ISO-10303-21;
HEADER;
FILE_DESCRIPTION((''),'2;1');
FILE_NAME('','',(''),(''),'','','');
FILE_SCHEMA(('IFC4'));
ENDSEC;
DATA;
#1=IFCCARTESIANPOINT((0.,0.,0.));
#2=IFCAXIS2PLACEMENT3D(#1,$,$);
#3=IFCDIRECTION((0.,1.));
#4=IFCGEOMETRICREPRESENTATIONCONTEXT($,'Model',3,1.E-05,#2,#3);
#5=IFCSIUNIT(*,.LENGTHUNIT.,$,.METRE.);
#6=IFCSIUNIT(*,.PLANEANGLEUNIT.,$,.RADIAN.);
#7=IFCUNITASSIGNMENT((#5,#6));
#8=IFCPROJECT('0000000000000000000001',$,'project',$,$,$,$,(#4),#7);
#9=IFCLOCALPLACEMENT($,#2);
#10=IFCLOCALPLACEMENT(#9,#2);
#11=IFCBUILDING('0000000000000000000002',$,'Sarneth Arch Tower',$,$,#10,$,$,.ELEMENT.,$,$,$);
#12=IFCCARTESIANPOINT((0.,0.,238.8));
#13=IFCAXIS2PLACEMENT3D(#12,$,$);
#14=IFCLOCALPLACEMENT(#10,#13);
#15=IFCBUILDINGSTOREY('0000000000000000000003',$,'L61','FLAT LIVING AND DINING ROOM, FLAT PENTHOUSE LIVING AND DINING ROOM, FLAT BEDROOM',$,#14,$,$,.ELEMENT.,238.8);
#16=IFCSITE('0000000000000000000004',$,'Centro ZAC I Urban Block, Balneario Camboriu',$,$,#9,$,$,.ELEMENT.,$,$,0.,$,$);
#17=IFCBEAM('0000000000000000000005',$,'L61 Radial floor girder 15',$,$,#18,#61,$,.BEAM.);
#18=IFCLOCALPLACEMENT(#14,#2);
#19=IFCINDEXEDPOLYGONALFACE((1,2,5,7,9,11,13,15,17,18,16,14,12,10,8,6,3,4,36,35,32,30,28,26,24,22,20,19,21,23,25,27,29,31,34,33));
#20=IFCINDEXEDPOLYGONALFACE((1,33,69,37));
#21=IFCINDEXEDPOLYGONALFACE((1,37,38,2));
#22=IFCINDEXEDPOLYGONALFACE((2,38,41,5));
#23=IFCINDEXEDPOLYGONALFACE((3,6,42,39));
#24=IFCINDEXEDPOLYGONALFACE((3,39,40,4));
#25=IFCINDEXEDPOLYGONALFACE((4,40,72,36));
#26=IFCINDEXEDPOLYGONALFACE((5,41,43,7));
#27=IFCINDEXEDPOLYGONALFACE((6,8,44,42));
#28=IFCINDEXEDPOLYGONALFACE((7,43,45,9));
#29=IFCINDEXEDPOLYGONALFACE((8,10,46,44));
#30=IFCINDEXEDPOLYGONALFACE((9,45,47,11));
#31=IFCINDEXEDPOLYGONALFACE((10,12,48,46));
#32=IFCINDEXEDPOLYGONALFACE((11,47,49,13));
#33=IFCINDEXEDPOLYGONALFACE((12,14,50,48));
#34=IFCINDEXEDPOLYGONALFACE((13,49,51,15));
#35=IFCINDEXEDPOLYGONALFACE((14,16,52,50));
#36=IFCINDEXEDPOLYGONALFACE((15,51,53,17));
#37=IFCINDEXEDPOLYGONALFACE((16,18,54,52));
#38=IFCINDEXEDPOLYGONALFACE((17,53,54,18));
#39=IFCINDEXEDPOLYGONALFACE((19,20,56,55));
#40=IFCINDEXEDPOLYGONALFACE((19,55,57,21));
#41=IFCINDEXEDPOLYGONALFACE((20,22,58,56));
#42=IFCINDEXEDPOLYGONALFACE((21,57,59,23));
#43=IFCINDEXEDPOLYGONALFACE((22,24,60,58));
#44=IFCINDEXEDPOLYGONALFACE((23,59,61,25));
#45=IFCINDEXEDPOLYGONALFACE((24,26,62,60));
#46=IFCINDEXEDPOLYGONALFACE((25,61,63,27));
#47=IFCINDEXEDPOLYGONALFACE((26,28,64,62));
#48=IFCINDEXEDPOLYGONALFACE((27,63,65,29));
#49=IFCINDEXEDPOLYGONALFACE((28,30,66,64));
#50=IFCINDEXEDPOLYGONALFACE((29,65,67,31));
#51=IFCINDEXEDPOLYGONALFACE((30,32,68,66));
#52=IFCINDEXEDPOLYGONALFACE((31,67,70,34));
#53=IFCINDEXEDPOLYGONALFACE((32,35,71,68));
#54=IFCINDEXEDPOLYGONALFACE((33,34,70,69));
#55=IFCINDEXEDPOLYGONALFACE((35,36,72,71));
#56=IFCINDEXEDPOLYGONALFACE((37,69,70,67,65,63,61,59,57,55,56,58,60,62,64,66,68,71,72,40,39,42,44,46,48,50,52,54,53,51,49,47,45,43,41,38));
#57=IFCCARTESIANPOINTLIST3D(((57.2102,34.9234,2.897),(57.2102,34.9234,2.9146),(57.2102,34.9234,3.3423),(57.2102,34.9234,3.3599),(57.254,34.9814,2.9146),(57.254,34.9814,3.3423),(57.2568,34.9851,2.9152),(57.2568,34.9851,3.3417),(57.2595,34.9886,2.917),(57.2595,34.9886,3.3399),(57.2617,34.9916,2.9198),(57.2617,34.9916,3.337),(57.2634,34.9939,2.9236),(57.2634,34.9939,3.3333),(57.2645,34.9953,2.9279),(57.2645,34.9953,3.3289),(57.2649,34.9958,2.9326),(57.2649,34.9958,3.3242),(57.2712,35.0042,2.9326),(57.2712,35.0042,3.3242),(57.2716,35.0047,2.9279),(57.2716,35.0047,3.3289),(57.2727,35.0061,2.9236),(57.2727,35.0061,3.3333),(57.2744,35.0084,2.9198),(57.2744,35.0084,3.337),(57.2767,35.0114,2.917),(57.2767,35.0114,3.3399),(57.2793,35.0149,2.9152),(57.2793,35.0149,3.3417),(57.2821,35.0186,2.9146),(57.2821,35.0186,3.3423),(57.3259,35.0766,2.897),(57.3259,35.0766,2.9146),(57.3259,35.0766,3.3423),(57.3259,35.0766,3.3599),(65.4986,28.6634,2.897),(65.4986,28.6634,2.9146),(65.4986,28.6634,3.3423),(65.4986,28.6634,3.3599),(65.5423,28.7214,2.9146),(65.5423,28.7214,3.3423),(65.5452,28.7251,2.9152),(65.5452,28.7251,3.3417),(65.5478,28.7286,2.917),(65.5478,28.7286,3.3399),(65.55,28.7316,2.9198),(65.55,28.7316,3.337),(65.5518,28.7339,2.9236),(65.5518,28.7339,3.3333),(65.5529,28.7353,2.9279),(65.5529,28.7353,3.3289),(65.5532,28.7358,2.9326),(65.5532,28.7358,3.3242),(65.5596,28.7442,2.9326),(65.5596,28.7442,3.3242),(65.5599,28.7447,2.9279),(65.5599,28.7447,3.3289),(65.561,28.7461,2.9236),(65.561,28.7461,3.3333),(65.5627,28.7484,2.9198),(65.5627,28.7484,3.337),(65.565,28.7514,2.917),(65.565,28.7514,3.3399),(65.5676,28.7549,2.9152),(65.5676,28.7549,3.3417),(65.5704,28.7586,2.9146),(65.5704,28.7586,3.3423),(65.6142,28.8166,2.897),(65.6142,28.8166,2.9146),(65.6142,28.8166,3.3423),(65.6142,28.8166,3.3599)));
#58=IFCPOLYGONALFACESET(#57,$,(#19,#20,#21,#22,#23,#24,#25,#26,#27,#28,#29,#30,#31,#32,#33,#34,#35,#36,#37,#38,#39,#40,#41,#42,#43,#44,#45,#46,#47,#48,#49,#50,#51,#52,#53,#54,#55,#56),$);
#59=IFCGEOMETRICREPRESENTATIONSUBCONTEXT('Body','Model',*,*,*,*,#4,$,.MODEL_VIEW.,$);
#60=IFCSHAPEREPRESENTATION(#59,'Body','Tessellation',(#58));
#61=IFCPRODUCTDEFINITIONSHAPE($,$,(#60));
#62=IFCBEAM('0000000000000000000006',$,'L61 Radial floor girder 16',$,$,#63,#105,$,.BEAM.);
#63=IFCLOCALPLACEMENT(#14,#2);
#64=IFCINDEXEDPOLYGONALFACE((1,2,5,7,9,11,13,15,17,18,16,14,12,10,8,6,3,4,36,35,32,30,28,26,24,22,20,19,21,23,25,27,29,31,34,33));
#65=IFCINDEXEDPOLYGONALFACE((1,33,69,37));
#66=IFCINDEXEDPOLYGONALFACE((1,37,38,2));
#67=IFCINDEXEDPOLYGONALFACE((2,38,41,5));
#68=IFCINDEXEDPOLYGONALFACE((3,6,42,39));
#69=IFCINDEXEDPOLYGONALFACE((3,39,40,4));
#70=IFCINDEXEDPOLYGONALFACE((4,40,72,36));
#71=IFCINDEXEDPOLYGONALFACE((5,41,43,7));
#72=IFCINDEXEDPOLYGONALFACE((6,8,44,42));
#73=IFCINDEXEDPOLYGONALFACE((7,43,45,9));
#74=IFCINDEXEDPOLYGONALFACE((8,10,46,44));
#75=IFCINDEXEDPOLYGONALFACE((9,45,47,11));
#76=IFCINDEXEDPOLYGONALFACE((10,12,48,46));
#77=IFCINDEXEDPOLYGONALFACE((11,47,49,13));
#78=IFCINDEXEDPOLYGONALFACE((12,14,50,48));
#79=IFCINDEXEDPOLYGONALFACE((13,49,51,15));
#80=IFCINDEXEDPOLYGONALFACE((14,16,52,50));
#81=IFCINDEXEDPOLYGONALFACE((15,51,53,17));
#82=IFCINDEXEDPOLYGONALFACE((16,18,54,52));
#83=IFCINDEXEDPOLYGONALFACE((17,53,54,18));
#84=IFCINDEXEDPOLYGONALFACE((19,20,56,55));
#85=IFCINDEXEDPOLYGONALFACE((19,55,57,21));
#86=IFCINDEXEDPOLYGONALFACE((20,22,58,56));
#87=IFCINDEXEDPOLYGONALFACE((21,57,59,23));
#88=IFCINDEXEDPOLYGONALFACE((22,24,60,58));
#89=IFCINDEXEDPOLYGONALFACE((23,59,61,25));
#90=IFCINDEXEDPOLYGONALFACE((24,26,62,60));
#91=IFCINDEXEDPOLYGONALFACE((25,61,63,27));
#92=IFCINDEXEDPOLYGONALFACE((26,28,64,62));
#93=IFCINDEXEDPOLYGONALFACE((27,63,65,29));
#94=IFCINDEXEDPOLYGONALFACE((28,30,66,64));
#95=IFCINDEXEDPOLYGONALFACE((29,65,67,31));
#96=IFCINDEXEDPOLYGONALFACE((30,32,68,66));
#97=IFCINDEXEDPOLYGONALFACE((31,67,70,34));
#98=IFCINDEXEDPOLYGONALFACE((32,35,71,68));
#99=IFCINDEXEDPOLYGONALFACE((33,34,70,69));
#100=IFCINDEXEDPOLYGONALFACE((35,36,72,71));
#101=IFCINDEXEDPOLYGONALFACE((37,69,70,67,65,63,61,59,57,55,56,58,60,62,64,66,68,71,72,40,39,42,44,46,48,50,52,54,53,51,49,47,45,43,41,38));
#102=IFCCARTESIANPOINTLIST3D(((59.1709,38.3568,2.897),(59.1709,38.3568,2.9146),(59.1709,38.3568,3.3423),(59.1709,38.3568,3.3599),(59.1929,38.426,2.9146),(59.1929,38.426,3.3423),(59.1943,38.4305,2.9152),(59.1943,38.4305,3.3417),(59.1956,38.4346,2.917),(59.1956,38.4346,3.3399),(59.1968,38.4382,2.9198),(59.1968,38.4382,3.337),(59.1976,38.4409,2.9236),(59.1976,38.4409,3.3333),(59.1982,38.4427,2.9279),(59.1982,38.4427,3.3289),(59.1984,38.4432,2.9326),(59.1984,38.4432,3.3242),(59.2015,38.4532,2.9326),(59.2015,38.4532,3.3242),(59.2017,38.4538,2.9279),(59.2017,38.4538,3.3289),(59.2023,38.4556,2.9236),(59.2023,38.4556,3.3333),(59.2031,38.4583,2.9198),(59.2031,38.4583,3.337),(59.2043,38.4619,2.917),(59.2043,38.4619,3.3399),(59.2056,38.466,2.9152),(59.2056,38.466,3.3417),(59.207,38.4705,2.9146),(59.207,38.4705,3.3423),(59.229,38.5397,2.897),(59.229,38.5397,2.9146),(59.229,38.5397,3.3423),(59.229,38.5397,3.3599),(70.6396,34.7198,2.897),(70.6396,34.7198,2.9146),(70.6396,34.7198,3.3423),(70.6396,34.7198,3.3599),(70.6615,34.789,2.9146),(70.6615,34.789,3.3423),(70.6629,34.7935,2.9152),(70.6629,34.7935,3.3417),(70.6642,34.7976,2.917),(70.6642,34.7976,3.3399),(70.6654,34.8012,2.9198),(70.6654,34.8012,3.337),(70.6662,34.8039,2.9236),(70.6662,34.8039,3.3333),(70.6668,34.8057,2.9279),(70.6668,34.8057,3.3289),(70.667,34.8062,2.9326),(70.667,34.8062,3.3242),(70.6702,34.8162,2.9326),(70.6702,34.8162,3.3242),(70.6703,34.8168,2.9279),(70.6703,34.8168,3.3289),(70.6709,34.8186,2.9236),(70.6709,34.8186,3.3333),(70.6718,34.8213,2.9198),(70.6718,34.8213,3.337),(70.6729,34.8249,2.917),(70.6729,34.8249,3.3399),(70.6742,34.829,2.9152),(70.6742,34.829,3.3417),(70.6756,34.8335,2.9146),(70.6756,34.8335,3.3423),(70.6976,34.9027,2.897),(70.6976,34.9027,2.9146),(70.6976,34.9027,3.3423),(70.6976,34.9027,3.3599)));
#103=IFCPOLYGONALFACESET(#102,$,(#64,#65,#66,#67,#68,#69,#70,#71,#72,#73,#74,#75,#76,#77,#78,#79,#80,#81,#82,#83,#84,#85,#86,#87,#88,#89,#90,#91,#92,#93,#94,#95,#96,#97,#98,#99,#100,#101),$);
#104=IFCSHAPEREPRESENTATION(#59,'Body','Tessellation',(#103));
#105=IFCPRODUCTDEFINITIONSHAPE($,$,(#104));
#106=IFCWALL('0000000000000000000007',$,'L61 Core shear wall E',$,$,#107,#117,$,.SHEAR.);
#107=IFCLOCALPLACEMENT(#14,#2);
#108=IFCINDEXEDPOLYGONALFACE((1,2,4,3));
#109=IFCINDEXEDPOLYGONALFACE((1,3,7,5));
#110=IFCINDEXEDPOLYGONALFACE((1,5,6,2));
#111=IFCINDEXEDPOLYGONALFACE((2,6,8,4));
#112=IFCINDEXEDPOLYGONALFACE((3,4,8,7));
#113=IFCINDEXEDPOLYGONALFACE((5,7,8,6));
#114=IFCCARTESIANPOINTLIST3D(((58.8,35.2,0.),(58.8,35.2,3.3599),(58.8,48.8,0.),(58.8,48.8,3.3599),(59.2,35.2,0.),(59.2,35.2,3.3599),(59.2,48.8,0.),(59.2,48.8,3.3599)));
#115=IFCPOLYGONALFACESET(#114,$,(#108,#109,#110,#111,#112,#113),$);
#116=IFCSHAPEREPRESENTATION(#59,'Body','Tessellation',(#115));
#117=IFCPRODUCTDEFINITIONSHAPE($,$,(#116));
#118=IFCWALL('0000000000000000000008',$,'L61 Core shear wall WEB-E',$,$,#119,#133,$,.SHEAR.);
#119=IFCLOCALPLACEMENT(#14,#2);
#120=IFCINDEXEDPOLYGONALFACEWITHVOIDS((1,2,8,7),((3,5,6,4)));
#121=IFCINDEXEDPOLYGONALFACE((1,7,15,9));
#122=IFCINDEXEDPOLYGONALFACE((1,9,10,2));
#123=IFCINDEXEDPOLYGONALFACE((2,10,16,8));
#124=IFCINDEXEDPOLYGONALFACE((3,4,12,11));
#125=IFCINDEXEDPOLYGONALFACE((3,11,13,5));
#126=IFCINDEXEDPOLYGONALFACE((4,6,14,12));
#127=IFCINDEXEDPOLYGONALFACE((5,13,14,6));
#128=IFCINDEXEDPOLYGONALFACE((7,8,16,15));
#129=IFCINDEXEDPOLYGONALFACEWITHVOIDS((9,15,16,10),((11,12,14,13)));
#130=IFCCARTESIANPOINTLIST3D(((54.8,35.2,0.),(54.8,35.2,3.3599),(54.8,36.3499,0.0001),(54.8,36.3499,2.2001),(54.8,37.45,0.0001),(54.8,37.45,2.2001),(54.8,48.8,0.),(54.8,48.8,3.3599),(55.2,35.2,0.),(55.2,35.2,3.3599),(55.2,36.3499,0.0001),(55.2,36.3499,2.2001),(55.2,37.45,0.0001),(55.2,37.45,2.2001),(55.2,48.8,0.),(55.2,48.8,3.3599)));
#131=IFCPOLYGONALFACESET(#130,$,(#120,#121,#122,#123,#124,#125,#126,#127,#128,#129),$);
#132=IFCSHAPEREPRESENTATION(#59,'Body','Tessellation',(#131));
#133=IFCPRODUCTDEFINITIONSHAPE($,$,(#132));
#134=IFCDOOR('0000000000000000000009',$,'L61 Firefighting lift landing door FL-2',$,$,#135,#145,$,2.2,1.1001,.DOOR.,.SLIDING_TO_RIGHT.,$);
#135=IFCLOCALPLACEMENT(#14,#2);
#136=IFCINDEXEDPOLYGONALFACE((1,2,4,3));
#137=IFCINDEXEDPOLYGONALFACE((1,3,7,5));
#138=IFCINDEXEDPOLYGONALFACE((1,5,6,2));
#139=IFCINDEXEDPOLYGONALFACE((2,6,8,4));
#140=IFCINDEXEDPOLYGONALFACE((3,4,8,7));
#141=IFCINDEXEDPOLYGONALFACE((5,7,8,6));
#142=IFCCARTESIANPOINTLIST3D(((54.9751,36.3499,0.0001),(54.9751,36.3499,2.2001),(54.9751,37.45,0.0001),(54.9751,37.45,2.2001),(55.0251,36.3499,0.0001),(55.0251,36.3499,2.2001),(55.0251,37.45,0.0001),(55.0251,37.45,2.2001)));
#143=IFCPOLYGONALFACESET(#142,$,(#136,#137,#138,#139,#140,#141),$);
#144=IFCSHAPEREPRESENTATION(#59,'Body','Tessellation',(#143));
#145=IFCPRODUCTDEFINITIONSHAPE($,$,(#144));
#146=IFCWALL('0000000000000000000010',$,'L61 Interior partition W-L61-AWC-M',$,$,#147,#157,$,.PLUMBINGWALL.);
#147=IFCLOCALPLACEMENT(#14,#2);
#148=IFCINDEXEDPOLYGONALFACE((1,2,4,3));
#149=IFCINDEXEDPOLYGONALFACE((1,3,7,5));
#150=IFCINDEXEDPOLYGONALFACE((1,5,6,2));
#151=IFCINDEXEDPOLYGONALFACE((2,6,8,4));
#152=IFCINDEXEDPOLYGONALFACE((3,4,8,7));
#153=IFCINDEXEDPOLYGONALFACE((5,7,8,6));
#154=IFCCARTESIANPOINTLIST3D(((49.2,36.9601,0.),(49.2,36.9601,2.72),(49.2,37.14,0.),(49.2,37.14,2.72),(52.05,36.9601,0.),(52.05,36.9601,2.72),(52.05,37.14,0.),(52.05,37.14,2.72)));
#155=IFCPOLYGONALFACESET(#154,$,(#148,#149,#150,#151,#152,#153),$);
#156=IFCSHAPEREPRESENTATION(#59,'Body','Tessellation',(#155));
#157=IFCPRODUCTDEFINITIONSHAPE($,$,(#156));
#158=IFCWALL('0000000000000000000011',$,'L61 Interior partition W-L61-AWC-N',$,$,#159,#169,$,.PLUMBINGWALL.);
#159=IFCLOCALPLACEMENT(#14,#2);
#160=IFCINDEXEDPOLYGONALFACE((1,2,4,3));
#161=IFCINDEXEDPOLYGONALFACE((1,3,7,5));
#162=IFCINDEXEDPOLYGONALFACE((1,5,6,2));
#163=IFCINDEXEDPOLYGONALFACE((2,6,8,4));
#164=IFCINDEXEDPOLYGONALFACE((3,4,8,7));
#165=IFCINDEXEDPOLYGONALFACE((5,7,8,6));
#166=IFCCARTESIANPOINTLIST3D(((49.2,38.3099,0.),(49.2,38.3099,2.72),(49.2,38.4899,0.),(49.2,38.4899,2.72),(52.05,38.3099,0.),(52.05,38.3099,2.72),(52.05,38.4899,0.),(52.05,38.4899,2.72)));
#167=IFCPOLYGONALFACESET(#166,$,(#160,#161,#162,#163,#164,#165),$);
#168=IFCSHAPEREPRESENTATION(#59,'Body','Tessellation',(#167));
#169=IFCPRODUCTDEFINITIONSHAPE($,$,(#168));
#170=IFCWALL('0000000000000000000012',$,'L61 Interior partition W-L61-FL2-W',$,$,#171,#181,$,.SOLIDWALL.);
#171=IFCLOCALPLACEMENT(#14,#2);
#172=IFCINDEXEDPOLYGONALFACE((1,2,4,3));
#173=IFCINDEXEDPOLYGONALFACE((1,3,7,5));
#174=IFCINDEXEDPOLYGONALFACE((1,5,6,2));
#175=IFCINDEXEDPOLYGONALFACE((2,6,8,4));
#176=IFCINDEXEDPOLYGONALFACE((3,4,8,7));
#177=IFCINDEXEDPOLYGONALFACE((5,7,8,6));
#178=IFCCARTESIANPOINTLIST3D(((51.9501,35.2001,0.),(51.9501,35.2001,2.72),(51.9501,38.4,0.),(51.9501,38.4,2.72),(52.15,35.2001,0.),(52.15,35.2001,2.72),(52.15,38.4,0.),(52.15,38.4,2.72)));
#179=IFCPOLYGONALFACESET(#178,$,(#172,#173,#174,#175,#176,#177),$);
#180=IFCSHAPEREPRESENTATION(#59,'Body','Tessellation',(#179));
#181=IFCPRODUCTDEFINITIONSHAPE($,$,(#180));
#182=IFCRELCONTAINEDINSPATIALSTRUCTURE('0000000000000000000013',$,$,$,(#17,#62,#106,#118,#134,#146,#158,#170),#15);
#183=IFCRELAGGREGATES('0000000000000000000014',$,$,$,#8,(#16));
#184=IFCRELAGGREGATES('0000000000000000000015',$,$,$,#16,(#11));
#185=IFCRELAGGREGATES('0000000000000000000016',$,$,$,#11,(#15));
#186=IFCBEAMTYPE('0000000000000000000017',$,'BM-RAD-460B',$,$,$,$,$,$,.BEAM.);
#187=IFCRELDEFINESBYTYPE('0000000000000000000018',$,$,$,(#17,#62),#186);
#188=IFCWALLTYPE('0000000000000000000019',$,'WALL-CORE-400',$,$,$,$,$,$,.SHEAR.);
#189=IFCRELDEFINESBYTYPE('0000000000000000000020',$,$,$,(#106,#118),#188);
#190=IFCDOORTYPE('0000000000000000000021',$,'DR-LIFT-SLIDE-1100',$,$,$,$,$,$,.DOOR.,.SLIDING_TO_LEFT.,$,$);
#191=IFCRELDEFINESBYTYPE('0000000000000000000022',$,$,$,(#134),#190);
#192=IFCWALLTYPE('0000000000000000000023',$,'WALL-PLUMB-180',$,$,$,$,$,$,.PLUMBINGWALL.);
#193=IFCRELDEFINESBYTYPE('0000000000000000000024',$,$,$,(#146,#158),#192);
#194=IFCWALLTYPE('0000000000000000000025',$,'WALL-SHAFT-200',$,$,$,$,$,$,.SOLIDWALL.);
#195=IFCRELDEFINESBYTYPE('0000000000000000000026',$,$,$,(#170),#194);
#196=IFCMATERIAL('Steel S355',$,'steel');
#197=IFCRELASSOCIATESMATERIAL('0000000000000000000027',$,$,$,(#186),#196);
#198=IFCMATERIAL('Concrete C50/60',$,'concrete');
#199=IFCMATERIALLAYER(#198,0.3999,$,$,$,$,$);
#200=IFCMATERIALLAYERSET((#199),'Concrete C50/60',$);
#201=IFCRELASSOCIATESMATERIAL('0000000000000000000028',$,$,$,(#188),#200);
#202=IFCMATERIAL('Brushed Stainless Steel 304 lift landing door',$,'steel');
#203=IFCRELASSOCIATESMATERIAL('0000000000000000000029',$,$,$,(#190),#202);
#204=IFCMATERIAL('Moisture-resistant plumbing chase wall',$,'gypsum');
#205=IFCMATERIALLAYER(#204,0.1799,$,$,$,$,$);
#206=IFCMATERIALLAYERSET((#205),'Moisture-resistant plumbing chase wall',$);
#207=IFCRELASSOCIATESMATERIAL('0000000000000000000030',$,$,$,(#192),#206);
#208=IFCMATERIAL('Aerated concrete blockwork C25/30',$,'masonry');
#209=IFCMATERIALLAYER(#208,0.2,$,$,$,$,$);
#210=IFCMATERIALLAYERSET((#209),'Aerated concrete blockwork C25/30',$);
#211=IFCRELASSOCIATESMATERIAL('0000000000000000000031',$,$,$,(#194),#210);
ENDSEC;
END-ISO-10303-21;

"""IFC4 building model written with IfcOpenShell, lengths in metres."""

from ifc_helpers import new_model, si_unit, direction, frame, frame_2d, origin, origin_2d, place, context, subcontext, project, spatial, rectangle, i_section, extrude, material, layer, layer_set, material_profile, profile_set, type_object, element, fill, save


model = new_model("IFC4")

# Units and contexts
model_context = context("Model", 3, precision=1e-05, world=origin(), true_north=direction((0.0, 1.0)))
body_context = subcontext(model_context, "Body", "Model", "MODEL_VIEW")
ifc_project = project(units=[si_unit("LENGTHUNIT", "METRE"), si_unit("PLANEANGLEUNIT", "RADIAN")], contexts=[model_context])

# Site, building, storey
site_placement = place(None, origin())
site = spatial("IfcSite", under=ifc_project, at=site_placement, Name="Centro ZAC I Urban Block, Balneario Camboriu", CompositionType="ELEMENT", RefElevation=0.0)
building_placement = place(site_placement, origin())
building = spatial("IfcBuilding", under=site, at=building_placement, Name="Sarneth Arch Tower", CompositionType="ELEMENT")
storey_placement = place(building_placement, frame((0.0, 0.0, 238.8)))
storey = spatial("IfcBuildingStorey", under=building, at=storey_placement, Name="L61", Description="FLAT LIVING AND DINING ROOM, FLAT PENTHOUSE LIVING AND DINING ROOM, FLAT BEDROOM", CompositionType="ELEMENT", Elevation=238.8)

# Beams
ifc_material_1 = material(Name="Steel S355", Category="steel")
ifc_material_profile_1 = material_profile(ifc_material_1, i_section(OverallWidth=0.1919, OverallDepth=0.4629, WebThickness=0.0105, FlangeThickness=0.0176, FilletRadius=0.0181, at=origin_2d()), Name="W460x89")
ifc_profile_set_1 = profile_set([ifc_material_profile_1], Name="Steel S355")
beam_type_1 = type_object("IfcBeamType", Name="BM-RAD-460B", PredefinedType="BEAM", material=ifc_profile_set_1)
beam_1_placement = place(storey_placement, frame((57.2681, 35.0, 3.1284), z_axis=(0.797973, -0.602693, 0.0), x_axis=(0.602693, 0.797973, 0.0)))
element("IfcBeam", 1, at=beam_1_placement, inside=storey, type_object=beam_type_1, Name="L61 Radial floor girder 15", PredefinedType="BEAM", context=body_context, shape_type="SweptSolid", body=[
    extrude(i_section(OverallWidth=0.1919, OverallDepth=0.4629, WebThickness=0.0105, FlangeThickness=0.0176, FilletRadius=0.0181, at=origin_2d()), origin(), (0.0, 0.0, 1.0), 10.3867),
])
beam_2_placement = place(storey_placement, frame((59.2, 38.4482, 3.1284), z_axis=(0.953216, -0.30229, 0.0), x_axis=(0.30229, 0.953216, 0.0)))
element("IfcBeam", 2, at=beam_2_placement, inside=storey, type_object=beam_type_1, Name="L61 Radial floor girder 16", PredefinedType="BEAM", context=body_context, shape_type="SweptSolid", body=[
    extrude(i_section(OverallWidth=0.1919, OverallDepth=0.4629, WebThickness=0.0105, FlangeThickness=0.0176, FilletRadius=0.0181, at=origin_2d()), origin(), (0.0, 0.0, 1.0), 12.0315),
])

# Shared definitions
ifc_material_2 = material(Name="Concrete C50/60", Category="concrete")
ifc_layer_1 = layer(ifc_material_2, 0.3999)
ifc_layer_set_1 = layer_set([ifc_layer_1], Name="Concrete C50/60")
wall_type_1 = type_object("IfcWallType", Name="WALL-CORE-400", PredefinedType="SHEAR", material=ifc_layer_set_1)

# Wall
wall_1_placement = place(storey_placement, frame((59.0, 35.2, 0.0), z_axis=(0.0, 0.0, 1.0), x_axis=(0.0, 1.0, 0.0)))
element("IfcWall", 3, at=wall_1_placement, inside=storey, type_object=wall_type_1, Name="L61 Core shear wall E", PredefinedType="SHEAR", context=body_context, shape_type="SweptSolid", body=[
    extrude(rectangle(XDim=13.6001, YDim=0.3999, at=frame_2d((6.8, 0.0))), origin(), (0.0, 0.0, 1.0), 3.3599),
])

# Wall, opening, door
wall_2_placement = place(storey_placement, frame((55.0, 35.2, 0.0), z_axis=(0.0, 0.0, 1.0), x_axis=(0.0, 1.0, 0.0)))
wall_2 = element("IfcWall", 4, at=wall_2_placement, inside=storey, type_object=wall_type_1, Name="L61 Core shear wall WEB-E", PredefinedType="SHEAR", context=body_context, shape_type="SweptSolid", body=[
    extrude(rectangle(XDim=13.6001, YDim=0.3999, at=frame_2d((6.8, 0.0))), origin(), (0.0, 0.0, 1.0), 3.3599),
])
opening_1_placement = place(wall_2_placement, frame((1.1499, 0.0, 0.0)))
opening_1 = element("IfcOpeningElement", 5, at=opening_1_placement, cuts=wall_2, PredefinedType="OPENING", context=body_context, shape_type="SweptSolid", body=[
    extrude(rectangle(XDim=1.1001, YDim=2.2, at=frame_2d((0.55, 1.1001))), frame((0.0, 0.21, 0.0), z_axis=(0.0, -1.0, 0.0), x_axis=(1.0, 0.0, 0.0)), (0.0, 0.0, 1.0), 0.4199),
])
ifc_material_3 = material(Name="Brushed Stainless Steel 304 lift landing door", Category="steel")
door_type_1 = type_object("IfcDoorType", Name="DR-LIFT-SLIDE-1100", OperationType="SLIDING_TO_LEFT", PredefinedType="DOOR", material=ifc_material_3)
door_1_placement = place(opening_1_placement, origin())
door_1 = element("IfcDoor", 6, at=door_1_placement, inside=storey, type_object=door_type_1, Name="L61 Firefighting lift landing door FL-2", OperationType="SLIDING_TO_RIGHT", OverallHeight=2.2, OverallWidth=1.1001, PredefinedType="DOOR", context=body_context, shape_type="SweptSolid", body=[
    extrude(rectangle(XDim=1.1001, YDim=2.2, at=frame_2d((0.55, 1.1001))), frame((0.0, 0.0249, 0.0), z_axis=(0.0, -1.0, 0.0), x_axis=(1.0, 0.0, 0.0)), (0.0, 0.0, 1.0), 0.05),
])
fill(opening_1, door_1)

# Walls
ifc_material_4 = material(Name="Moisture-resistant plumbing chase wall", Category="gypsum")
ifc_layer_2 = layer(ifc_material_4, 0.1799)
ifc_layer_set_2 = layer_set([ifc_layer_2], Name="Moisture-resistant plumbing chase wall")
wall_type_2 = type_object("IfcWallType", Name="WALL-PLUMB-180", PredefinedType="PLUMBINGWALL", material=ifc_layer_set_2)
for number, where, z_axis, x_axis, name in (
    (7, (49.2, 37.05, 0.0), (0.0, 0.0, 1.0), (1.0, 0.0, 0.0), "L61 Interior partition W-L61-AWC-M"),
    (8, (49.2, 38.3999, 0.0), (0.0, 0.0, 1.0), (1.0, 0.0, 0.0), "L61 Interior partition W-L61-AWC-N"),
):
    element("IfcWall", number, at=place(storey_placement, frame(where, z_axis=z_axis, x_axis=x_axis)), inside=storey, type_object=wall_type_2, Name=name, PredefinedType="PLUMBINGWALL", context=body_context, shape_type="SweptSolid", body=[
        extrude(rectangle(XDim=2.8501, YDim=0.1799, at=frame_2d((1.425, 0.0))), origin(), (0.0, 0.0, 1.0), 2.72),
    ])

# Shared definitions
ifc_material_5 = material(Name="Aerated concrete blockwork C25/30", Category="masonry")
ifc_layer_3 = layer(ifc_material_5, 0.2)
ifc_layer_set_3 = layer_set([ifc_layer_3], Name="Aerated concrete blockwork C25/30")
wall_type_3 = type_object("IfcWallType", Name="WALL-SHAFT-200", PredefinedType="SOLIDWALL", material=ifc_layer_set_3)

# Wall
wall_3_placement = place(storey_placement, frame((52.05, 35.2, 0.0), z_axis=(0.0, 0.0, 1.0), x_axis=(0.0, 1.0, 0.0)))
element("IfcWall", 9, at=wall_3_placement, inside=storey, type_object=wall_type_3, Name="L61 Interior partition W-L61-FL2-W", PredefinedType="SOLIDWALL", context=body_context, shape_type="SweptSolid", body=[
    extrude(rectangle(XDim=3.2, YDim=0.2, at=frame_2d((1.6001, 0.0))), origin(), (0.0, 0.0, 1.0), 2.72),
])

save(model, "model.ifc")
